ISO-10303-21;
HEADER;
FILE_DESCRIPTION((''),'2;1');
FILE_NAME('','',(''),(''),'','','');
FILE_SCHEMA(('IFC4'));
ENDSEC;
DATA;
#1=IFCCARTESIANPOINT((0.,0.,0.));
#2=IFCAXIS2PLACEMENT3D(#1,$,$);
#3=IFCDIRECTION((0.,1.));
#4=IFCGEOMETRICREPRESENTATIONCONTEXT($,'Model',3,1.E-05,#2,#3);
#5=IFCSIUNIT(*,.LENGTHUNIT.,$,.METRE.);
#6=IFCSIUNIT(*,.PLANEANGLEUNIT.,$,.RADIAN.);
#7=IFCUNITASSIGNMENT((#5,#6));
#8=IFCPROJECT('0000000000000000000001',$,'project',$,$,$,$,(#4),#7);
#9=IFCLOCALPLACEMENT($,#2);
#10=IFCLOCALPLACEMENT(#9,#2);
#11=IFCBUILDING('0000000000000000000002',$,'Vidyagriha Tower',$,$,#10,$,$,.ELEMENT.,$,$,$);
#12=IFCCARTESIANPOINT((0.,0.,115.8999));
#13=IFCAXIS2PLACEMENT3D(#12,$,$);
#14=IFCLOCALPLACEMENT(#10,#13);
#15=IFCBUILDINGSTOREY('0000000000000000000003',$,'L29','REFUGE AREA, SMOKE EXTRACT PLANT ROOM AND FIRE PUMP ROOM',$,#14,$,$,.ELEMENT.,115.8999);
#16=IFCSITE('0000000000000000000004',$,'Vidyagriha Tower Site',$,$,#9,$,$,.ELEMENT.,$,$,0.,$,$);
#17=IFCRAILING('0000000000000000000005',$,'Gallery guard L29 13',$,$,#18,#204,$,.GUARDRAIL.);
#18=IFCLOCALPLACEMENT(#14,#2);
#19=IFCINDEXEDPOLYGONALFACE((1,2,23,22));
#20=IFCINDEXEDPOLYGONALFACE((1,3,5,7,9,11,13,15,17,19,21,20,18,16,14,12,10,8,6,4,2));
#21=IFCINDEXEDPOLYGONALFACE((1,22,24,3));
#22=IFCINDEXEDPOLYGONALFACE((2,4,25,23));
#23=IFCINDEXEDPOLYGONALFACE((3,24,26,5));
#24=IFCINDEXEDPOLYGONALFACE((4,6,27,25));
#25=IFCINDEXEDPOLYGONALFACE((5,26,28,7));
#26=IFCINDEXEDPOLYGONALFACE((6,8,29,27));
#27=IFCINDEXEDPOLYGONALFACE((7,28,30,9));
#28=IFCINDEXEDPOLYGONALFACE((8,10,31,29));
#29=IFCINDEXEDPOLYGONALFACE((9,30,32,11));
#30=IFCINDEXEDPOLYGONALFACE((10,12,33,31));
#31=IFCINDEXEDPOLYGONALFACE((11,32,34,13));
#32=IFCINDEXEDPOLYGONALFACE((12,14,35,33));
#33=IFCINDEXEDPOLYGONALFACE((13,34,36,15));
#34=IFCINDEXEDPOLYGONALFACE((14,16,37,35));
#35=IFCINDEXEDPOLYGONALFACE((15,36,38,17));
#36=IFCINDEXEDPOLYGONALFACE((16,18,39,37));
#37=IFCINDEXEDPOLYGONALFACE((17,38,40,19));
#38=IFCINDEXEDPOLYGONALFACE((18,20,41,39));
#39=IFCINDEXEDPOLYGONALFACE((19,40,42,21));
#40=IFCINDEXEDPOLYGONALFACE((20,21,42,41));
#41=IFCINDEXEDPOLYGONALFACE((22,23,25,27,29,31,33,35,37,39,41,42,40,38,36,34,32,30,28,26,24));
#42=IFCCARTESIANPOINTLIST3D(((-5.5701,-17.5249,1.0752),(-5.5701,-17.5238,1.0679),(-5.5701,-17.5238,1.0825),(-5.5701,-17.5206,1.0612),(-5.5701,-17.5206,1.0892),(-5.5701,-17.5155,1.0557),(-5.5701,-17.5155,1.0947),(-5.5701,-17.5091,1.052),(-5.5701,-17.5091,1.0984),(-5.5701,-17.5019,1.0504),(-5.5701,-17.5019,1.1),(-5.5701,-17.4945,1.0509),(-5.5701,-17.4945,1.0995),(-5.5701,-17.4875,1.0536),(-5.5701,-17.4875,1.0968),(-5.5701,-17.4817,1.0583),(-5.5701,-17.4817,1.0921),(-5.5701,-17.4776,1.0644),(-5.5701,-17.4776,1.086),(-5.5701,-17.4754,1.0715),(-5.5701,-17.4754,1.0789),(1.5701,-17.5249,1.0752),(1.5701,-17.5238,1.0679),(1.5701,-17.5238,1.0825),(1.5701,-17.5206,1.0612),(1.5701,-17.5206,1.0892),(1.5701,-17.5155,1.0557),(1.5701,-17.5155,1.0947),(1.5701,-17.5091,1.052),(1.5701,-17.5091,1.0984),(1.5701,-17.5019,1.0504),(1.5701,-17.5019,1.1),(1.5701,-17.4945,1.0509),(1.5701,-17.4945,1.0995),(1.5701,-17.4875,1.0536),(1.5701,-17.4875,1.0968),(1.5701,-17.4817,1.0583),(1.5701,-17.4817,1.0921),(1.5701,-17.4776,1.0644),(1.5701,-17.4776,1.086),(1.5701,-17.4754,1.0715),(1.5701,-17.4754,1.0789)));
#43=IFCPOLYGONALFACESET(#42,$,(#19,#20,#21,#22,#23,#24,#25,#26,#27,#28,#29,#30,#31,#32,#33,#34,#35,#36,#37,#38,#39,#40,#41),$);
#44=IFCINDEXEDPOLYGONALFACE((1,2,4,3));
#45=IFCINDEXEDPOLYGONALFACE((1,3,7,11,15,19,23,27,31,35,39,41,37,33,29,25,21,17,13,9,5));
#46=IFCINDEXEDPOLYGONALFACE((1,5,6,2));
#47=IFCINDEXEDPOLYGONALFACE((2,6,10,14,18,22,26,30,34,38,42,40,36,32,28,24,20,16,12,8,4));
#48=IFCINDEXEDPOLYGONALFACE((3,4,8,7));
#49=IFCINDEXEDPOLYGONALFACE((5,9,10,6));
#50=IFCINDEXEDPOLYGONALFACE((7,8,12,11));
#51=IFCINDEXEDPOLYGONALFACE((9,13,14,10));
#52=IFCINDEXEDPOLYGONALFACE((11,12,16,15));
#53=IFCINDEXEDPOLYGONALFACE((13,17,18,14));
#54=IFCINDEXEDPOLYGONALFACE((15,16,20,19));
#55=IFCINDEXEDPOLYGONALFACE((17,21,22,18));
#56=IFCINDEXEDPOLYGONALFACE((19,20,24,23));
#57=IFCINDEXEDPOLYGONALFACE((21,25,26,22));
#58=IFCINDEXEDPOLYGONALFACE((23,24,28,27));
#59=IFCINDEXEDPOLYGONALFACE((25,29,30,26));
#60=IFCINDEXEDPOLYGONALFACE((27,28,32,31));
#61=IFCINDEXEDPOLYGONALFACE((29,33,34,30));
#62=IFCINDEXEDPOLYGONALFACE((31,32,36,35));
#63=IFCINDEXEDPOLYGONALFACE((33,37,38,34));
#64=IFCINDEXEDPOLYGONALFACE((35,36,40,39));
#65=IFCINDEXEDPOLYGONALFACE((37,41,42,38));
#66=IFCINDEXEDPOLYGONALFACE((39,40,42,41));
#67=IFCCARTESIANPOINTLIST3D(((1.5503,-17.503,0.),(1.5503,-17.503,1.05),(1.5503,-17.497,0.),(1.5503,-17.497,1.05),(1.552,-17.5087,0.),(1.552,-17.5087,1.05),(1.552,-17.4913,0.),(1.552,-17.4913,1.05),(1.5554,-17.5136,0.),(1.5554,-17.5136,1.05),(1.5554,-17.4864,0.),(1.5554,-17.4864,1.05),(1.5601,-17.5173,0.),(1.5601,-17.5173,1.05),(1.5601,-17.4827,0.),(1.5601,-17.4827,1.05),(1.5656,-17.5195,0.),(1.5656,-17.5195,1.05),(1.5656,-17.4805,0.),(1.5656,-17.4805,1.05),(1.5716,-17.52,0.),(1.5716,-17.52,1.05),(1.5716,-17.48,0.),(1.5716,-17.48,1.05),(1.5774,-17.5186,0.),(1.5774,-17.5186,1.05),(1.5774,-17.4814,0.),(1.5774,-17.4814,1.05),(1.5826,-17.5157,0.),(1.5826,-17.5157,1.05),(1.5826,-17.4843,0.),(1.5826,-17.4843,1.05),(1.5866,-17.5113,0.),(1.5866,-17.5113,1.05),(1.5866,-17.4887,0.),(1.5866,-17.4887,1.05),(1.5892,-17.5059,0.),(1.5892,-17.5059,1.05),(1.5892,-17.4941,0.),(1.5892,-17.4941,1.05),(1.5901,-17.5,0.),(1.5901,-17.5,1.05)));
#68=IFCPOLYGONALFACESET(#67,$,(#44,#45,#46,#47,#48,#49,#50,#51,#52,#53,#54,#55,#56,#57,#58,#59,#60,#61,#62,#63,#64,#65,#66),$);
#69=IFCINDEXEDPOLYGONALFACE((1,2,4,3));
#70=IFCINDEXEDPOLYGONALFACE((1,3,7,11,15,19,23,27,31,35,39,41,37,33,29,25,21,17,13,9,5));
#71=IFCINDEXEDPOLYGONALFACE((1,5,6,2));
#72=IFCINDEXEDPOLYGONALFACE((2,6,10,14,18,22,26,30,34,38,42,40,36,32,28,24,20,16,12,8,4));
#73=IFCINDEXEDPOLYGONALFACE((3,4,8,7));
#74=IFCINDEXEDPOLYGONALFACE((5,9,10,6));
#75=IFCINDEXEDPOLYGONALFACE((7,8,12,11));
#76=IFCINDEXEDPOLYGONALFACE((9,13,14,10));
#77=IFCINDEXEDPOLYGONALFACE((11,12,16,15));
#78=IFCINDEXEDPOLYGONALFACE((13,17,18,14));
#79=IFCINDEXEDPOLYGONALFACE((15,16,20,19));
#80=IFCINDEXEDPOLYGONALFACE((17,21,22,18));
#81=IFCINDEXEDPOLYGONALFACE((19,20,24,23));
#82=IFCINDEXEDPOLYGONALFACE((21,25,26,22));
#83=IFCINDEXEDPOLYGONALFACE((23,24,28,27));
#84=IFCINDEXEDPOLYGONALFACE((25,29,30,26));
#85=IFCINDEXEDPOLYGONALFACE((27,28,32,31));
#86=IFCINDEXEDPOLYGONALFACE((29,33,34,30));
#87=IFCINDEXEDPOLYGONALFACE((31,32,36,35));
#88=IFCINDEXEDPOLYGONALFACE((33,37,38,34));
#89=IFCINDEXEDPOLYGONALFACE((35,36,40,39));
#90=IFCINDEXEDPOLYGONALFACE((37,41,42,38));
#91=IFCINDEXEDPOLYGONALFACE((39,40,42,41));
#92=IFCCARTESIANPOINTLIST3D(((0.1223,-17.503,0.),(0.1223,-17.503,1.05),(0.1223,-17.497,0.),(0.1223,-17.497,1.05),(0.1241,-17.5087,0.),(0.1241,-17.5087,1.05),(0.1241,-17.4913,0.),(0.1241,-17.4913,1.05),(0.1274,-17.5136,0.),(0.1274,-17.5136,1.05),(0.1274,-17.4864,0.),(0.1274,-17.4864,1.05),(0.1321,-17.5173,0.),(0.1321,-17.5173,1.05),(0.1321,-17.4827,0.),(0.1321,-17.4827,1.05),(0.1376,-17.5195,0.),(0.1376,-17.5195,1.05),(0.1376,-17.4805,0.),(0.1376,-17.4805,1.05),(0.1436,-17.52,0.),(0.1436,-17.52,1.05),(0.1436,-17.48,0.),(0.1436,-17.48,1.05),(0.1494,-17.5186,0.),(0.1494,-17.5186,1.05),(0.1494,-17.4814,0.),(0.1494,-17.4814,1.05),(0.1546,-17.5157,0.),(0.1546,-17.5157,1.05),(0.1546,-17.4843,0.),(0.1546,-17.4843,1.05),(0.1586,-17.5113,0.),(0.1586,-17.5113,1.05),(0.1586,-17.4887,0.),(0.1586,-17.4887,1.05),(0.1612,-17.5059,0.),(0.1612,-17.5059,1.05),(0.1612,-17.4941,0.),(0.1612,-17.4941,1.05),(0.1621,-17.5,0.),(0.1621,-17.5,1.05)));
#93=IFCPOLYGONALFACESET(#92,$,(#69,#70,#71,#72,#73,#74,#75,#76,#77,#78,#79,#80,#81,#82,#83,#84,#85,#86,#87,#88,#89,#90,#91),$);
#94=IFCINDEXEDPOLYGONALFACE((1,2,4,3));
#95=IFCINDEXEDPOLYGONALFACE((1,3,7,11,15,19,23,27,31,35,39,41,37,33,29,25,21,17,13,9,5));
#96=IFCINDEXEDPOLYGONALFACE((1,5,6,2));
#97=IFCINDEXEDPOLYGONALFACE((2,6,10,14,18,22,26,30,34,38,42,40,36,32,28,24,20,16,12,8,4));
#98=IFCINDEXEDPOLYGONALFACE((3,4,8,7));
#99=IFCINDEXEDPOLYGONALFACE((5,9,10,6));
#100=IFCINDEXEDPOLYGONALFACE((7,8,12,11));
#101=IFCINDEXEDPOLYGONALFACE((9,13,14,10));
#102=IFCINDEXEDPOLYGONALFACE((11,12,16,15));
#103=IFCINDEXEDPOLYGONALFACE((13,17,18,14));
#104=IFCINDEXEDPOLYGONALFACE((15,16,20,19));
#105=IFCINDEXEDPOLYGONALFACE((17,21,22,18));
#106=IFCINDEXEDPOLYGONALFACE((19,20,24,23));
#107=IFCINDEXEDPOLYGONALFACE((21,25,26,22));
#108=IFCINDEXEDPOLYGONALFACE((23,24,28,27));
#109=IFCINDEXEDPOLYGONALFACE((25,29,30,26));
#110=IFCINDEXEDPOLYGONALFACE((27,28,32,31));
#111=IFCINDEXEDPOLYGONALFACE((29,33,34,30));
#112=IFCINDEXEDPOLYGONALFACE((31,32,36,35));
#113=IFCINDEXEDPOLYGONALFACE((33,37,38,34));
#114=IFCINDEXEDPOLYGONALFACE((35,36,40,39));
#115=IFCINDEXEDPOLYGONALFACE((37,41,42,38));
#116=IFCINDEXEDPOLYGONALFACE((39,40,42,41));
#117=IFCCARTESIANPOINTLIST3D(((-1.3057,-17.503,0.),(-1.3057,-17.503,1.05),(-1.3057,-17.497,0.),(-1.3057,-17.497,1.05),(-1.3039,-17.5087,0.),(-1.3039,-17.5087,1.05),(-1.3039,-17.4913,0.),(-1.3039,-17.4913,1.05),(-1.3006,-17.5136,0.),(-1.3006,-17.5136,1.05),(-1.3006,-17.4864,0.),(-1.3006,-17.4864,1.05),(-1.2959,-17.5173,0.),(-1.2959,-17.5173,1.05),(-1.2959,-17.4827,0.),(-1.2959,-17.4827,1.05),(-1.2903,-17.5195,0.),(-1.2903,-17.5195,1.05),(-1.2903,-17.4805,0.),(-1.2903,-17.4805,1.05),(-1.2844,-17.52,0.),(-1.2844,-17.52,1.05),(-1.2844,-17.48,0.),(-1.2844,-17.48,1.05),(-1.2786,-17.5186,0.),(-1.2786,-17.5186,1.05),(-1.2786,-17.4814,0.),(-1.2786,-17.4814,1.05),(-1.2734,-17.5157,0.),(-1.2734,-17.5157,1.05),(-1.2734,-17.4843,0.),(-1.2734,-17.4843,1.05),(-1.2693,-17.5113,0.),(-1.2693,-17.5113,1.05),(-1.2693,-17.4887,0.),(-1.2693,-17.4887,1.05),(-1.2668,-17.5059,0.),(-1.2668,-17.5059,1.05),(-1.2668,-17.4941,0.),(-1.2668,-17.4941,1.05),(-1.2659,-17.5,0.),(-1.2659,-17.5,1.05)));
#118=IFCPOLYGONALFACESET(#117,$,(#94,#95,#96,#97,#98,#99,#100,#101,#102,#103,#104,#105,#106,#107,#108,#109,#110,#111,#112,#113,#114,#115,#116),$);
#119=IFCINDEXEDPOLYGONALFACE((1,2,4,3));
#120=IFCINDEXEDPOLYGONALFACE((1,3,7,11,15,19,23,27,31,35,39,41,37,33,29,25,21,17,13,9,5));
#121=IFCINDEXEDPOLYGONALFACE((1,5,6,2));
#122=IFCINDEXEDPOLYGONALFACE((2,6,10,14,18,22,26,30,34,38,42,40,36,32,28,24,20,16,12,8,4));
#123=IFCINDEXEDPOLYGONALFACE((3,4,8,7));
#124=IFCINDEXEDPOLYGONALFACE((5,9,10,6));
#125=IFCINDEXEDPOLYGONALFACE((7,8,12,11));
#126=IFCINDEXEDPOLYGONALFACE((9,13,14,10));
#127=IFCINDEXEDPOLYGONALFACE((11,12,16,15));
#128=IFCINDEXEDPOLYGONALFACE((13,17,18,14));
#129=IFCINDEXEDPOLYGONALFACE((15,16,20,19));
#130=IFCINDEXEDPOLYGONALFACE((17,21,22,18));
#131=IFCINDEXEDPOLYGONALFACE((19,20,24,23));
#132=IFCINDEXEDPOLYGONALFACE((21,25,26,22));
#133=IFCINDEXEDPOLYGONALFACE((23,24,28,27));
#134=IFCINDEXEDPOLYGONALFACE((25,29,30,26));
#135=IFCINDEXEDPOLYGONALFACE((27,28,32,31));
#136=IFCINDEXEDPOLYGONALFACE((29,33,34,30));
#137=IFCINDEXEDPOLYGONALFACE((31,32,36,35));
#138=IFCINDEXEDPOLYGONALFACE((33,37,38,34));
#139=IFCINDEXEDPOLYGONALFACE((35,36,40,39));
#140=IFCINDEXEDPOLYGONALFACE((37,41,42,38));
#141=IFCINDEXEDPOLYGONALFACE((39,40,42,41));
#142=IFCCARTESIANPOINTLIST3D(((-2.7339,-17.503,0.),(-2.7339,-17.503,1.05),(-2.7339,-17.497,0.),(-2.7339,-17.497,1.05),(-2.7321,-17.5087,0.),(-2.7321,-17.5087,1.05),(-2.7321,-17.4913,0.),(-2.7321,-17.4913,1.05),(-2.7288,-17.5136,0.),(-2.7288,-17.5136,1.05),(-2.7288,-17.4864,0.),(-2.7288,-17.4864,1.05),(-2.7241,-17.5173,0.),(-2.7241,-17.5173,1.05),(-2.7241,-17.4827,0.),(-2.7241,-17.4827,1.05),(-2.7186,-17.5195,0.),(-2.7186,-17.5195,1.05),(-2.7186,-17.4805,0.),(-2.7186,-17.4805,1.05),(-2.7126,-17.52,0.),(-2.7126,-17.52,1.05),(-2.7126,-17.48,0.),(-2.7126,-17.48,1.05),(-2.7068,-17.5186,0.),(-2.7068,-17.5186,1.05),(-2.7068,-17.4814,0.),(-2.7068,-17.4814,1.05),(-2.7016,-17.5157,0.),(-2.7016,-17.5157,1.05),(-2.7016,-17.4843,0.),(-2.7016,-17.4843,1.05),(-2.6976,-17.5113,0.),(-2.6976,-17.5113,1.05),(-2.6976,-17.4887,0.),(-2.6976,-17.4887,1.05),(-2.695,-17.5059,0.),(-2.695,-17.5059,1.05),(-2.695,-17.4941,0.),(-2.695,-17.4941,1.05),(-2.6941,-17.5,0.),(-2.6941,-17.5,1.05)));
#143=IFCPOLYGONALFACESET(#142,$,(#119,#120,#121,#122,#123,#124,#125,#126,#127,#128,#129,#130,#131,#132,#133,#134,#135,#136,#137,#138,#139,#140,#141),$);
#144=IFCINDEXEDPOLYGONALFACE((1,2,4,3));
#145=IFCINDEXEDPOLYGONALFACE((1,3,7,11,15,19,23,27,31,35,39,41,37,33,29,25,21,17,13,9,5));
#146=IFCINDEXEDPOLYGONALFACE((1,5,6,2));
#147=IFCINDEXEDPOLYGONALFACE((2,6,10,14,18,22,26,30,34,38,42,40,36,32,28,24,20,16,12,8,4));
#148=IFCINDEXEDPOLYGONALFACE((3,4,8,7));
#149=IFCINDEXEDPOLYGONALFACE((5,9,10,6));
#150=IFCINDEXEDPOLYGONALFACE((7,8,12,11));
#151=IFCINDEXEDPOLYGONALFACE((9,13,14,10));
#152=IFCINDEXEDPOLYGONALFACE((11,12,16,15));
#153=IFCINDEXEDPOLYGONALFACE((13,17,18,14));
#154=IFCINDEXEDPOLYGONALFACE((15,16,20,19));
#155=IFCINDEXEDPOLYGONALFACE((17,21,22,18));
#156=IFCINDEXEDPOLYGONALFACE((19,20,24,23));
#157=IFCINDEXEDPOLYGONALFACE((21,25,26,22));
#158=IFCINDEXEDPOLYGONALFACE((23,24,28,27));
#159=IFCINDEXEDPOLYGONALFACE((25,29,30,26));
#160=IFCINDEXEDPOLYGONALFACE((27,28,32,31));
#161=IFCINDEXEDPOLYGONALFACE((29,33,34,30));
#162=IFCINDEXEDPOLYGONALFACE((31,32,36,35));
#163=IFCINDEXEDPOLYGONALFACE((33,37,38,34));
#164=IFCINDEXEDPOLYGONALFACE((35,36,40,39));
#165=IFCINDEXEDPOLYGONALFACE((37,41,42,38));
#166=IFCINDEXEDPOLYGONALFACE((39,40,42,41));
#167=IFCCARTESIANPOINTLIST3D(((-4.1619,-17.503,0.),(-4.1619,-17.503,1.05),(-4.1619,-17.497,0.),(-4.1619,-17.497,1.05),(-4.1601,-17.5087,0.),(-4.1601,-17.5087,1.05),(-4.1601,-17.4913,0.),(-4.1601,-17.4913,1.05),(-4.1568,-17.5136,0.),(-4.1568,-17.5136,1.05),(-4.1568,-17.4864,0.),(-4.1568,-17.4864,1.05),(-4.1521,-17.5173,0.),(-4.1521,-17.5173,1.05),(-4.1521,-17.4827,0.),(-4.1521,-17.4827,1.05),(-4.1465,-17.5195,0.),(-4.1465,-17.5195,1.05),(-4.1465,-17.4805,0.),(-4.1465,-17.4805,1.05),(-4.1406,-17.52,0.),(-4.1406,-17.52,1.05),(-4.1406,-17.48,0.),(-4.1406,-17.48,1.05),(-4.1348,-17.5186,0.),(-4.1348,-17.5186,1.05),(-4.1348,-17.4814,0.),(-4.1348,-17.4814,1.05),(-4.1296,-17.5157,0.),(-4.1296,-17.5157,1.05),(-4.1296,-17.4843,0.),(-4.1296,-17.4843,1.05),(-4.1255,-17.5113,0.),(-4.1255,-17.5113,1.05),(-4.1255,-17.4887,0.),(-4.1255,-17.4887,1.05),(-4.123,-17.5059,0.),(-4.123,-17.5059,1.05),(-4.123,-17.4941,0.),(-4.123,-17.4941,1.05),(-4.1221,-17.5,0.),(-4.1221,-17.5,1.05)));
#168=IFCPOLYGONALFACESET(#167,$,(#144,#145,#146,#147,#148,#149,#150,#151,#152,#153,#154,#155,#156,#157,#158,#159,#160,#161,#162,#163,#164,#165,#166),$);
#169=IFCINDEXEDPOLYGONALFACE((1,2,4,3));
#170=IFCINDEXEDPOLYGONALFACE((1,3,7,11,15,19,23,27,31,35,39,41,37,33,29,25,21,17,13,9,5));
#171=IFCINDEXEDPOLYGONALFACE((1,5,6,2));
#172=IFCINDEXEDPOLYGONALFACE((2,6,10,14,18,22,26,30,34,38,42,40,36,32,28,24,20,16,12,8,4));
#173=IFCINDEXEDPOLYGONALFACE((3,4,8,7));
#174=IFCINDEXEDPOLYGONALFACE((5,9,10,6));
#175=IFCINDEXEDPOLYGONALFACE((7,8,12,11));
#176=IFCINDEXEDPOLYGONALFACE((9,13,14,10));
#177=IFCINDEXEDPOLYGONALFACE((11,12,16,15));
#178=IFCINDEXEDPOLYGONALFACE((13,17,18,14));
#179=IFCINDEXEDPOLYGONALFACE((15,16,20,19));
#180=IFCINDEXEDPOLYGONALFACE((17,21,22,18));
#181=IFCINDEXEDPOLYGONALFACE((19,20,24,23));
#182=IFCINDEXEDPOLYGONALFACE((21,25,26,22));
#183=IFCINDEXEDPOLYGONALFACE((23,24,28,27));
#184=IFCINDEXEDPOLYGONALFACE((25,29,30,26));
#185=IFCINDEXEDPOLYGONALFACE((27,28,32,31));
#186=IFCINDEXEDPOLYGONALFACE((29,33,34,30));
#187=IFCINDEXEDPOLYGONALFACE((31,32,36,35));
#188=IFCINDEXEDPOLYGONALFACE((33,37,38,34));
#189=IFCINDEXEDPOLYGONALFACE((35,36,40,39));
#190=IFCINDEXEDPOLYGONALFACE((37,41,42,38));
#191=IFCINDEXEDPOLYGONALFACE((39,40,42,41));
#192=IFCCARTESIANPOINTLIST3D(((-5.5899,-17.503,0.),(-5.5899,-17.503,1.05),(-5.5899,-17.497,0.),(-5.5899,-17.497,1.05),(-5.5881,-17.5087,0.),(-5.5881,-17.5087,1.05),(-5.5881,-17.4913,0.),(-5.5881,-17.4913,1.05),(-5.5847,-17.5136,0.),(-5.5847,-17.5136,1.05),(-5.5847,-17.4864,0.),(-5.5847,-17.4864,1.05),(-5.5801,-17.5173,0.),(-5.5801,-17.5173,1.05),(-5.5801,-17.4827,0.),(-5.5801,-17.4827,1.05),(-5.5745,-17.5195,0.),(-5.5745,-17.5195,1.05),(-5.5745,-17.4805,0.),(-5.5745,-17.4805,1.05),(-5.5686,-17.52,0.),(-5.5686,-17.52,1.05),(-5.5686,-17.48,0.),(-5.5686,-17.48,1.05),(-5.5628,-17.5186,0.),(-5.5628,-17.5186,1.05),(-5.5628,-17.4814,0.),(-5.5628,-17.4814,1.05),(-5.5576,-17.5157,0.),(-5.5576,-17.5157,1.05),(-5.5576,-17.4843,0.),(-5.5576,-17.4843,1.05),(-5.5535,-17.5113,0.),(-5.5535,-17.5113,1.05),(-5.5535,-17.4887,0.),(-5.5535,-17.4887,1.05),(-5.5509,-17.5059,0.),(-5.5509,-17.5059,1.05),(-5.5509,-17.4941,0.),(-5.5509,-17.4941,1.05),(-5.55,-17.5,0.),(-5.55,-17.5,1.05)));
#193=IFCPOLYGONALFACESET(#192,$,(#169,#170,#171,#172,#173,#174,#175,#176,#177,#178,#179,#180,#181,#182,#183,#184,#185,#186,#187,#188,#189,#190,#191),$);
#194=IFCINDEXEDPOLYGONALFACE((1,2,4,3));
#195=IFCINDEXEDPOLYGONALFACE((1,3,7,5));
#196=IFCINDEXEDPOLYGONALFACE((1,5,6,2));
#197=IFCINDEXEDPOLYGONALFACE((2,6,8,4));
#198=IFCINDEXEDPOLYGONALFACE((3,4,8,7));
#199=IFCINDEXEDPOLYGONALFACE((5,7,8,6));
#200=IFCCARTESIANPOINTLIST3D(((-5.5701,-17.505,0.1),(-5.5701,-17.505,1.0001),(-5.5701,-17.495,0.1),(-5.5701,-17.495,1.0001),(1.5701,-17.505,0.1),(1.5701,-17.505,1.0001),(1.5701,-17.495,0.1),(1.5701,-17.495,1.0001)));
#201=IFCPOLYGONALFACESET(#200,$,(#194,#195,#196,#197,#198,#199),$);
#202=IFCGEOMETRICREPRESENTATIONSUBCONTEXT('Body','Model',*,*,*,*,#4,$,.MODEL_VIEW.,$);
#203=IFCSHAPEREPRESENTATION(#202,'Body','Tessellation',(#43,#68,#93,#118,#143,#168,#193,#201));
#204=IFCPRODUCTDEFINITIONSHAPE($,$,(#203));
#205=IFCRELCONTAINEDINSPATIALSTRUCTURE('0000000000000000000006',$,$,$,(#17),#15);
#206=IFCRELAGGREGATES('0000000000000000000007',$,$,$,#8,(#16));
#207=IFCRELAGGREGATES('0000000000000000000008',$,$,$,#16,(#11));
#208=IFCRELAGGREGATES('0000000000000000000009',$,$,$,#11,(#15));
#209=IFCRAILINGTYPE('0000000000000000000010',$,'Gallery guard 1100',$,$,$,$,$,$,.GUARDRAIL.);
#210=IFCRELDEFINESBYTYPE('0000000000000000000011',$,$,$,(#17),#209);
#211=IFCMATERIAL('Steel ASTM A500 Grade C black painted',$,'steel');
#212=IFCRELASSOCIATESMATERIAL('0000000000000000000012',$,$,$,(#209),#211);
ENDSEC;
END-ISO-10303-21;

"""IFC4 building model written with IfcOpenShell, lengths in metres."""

from ifc_helpers import new_model, si_unit, direction, frame, origin, origin_2d, place, context, subcontext, project, spatial, rectangle, circle, extrude, material, type_object, element, save


model = new_model("IFC4")

# Units and contexts
model_context = context("Model", 3, precision=1e-05, world=origin(), true_north=direction((0.0, 1.0)))
body_context = subcontext(model_context, "Body", "Model", "MODEL_VIEW")
ifc_project = project(units=[si_unit("LENGTHUNIT", "METRE"), si_unit("PLANEANGLEUNIT", "RADIAN")], contexts=[model_context])

# Site, building, storey
site_placement = place(None, origin())
site = spatial("IfcSite", under=ifc_project, at=site_placement, Name="Vidyagriha Tower Site", CompositionType="ELEMENT", RefElevation=0.0)
building_placement = place(site_placement, origin())
building = spatial("IfcBuilding", under=site, at=building_placement, Name="Vidyagriha Tower", CompositionType="ELEMENT")
storey_placement = place(building_placement, frame((0.0, 0.0, 115.8999)))
storey = spatial("IfcBuildingStorey", under=building, at=storey_placement, Name="L29", Description="REFUGE AREA, SMOKE EXTRACT PLANT ROOM AND FIRE PUMP ROOM", CompositionType="ELEMENT", Elevation=115.8999)

# Railing
ifc_material_1 = material(Name="Steel ASTM A500 Grade C black painted", Category="steel")
railing_type = type_object("IfcRailingType", Name="Gallery guard 1100", PredefinedType="GUARDRAIL", material=ifc_material_1)
for number, where, name in (
    (1, (1.5701, -17.5, 0.0), "Gallery guard L29 13"),
):
    element("IfcRailing", number, at=place(storey_placement, frame(where)), inside=storey, type_object=railing_type, Name=name, PredefinedType="GUARDRAIL", context=body_context, shape_type="SweptSolid", body=[
        extrude(circle(Radius=0.0249, at=origin_2d()), frame((0.0, 0.0, 1.0752), z_axis=(-1.0, 0.0, 0.0), x_axis=(0.0, -1.0, 0.0)), (0.0, 0.0, 1.0), 7.1401),
        extrude(circle(Radius=0.02, at=origin_2d()), origin(), (0.0, 0.0, 1.0), 1.05),
        extrude(circle(Radius=0.02, at=origin_2d()), frame((-1.428, 0.0, 0.0)), (0.0, 0.0, 1.0), 1.05),
        extrude(circle(Radius=0.02, at=origin_2d()), frame((-2.856, 0.0, 0.0)), (0.0, 0.0, 1.0), 1.05),
        extrude(circle(Radius=0.02, at=origin_2d()), frame((-4.2842, 0.0, 0.0)), (0.0, 0.0, 1.0), 1.05),
        extrude(circle(Radius=0.02, at=origin_2d()), frame((-5.7122, 0.0, 0.0)), (0.0, 0.0, 1.0), 1.05),
        extrude(circle(Radius=0.02, at=origin_2d()), frame((-7.1401, 0.0, 0.0)), (0.0, 0.0, 1.0), 1.05),
        extrude(rectangle(XDim=0.01, YDim=0.9001, at=origin_2d()), frame((0.0, 0.0, 0.55), z_axis=(-1.0, 0.0, 0.0), x_axis=(0.0, -1.0, 0.0)), (0.0, 0.0, 1.0), 7.1401),
    ])

save(model, "model.ifc")
